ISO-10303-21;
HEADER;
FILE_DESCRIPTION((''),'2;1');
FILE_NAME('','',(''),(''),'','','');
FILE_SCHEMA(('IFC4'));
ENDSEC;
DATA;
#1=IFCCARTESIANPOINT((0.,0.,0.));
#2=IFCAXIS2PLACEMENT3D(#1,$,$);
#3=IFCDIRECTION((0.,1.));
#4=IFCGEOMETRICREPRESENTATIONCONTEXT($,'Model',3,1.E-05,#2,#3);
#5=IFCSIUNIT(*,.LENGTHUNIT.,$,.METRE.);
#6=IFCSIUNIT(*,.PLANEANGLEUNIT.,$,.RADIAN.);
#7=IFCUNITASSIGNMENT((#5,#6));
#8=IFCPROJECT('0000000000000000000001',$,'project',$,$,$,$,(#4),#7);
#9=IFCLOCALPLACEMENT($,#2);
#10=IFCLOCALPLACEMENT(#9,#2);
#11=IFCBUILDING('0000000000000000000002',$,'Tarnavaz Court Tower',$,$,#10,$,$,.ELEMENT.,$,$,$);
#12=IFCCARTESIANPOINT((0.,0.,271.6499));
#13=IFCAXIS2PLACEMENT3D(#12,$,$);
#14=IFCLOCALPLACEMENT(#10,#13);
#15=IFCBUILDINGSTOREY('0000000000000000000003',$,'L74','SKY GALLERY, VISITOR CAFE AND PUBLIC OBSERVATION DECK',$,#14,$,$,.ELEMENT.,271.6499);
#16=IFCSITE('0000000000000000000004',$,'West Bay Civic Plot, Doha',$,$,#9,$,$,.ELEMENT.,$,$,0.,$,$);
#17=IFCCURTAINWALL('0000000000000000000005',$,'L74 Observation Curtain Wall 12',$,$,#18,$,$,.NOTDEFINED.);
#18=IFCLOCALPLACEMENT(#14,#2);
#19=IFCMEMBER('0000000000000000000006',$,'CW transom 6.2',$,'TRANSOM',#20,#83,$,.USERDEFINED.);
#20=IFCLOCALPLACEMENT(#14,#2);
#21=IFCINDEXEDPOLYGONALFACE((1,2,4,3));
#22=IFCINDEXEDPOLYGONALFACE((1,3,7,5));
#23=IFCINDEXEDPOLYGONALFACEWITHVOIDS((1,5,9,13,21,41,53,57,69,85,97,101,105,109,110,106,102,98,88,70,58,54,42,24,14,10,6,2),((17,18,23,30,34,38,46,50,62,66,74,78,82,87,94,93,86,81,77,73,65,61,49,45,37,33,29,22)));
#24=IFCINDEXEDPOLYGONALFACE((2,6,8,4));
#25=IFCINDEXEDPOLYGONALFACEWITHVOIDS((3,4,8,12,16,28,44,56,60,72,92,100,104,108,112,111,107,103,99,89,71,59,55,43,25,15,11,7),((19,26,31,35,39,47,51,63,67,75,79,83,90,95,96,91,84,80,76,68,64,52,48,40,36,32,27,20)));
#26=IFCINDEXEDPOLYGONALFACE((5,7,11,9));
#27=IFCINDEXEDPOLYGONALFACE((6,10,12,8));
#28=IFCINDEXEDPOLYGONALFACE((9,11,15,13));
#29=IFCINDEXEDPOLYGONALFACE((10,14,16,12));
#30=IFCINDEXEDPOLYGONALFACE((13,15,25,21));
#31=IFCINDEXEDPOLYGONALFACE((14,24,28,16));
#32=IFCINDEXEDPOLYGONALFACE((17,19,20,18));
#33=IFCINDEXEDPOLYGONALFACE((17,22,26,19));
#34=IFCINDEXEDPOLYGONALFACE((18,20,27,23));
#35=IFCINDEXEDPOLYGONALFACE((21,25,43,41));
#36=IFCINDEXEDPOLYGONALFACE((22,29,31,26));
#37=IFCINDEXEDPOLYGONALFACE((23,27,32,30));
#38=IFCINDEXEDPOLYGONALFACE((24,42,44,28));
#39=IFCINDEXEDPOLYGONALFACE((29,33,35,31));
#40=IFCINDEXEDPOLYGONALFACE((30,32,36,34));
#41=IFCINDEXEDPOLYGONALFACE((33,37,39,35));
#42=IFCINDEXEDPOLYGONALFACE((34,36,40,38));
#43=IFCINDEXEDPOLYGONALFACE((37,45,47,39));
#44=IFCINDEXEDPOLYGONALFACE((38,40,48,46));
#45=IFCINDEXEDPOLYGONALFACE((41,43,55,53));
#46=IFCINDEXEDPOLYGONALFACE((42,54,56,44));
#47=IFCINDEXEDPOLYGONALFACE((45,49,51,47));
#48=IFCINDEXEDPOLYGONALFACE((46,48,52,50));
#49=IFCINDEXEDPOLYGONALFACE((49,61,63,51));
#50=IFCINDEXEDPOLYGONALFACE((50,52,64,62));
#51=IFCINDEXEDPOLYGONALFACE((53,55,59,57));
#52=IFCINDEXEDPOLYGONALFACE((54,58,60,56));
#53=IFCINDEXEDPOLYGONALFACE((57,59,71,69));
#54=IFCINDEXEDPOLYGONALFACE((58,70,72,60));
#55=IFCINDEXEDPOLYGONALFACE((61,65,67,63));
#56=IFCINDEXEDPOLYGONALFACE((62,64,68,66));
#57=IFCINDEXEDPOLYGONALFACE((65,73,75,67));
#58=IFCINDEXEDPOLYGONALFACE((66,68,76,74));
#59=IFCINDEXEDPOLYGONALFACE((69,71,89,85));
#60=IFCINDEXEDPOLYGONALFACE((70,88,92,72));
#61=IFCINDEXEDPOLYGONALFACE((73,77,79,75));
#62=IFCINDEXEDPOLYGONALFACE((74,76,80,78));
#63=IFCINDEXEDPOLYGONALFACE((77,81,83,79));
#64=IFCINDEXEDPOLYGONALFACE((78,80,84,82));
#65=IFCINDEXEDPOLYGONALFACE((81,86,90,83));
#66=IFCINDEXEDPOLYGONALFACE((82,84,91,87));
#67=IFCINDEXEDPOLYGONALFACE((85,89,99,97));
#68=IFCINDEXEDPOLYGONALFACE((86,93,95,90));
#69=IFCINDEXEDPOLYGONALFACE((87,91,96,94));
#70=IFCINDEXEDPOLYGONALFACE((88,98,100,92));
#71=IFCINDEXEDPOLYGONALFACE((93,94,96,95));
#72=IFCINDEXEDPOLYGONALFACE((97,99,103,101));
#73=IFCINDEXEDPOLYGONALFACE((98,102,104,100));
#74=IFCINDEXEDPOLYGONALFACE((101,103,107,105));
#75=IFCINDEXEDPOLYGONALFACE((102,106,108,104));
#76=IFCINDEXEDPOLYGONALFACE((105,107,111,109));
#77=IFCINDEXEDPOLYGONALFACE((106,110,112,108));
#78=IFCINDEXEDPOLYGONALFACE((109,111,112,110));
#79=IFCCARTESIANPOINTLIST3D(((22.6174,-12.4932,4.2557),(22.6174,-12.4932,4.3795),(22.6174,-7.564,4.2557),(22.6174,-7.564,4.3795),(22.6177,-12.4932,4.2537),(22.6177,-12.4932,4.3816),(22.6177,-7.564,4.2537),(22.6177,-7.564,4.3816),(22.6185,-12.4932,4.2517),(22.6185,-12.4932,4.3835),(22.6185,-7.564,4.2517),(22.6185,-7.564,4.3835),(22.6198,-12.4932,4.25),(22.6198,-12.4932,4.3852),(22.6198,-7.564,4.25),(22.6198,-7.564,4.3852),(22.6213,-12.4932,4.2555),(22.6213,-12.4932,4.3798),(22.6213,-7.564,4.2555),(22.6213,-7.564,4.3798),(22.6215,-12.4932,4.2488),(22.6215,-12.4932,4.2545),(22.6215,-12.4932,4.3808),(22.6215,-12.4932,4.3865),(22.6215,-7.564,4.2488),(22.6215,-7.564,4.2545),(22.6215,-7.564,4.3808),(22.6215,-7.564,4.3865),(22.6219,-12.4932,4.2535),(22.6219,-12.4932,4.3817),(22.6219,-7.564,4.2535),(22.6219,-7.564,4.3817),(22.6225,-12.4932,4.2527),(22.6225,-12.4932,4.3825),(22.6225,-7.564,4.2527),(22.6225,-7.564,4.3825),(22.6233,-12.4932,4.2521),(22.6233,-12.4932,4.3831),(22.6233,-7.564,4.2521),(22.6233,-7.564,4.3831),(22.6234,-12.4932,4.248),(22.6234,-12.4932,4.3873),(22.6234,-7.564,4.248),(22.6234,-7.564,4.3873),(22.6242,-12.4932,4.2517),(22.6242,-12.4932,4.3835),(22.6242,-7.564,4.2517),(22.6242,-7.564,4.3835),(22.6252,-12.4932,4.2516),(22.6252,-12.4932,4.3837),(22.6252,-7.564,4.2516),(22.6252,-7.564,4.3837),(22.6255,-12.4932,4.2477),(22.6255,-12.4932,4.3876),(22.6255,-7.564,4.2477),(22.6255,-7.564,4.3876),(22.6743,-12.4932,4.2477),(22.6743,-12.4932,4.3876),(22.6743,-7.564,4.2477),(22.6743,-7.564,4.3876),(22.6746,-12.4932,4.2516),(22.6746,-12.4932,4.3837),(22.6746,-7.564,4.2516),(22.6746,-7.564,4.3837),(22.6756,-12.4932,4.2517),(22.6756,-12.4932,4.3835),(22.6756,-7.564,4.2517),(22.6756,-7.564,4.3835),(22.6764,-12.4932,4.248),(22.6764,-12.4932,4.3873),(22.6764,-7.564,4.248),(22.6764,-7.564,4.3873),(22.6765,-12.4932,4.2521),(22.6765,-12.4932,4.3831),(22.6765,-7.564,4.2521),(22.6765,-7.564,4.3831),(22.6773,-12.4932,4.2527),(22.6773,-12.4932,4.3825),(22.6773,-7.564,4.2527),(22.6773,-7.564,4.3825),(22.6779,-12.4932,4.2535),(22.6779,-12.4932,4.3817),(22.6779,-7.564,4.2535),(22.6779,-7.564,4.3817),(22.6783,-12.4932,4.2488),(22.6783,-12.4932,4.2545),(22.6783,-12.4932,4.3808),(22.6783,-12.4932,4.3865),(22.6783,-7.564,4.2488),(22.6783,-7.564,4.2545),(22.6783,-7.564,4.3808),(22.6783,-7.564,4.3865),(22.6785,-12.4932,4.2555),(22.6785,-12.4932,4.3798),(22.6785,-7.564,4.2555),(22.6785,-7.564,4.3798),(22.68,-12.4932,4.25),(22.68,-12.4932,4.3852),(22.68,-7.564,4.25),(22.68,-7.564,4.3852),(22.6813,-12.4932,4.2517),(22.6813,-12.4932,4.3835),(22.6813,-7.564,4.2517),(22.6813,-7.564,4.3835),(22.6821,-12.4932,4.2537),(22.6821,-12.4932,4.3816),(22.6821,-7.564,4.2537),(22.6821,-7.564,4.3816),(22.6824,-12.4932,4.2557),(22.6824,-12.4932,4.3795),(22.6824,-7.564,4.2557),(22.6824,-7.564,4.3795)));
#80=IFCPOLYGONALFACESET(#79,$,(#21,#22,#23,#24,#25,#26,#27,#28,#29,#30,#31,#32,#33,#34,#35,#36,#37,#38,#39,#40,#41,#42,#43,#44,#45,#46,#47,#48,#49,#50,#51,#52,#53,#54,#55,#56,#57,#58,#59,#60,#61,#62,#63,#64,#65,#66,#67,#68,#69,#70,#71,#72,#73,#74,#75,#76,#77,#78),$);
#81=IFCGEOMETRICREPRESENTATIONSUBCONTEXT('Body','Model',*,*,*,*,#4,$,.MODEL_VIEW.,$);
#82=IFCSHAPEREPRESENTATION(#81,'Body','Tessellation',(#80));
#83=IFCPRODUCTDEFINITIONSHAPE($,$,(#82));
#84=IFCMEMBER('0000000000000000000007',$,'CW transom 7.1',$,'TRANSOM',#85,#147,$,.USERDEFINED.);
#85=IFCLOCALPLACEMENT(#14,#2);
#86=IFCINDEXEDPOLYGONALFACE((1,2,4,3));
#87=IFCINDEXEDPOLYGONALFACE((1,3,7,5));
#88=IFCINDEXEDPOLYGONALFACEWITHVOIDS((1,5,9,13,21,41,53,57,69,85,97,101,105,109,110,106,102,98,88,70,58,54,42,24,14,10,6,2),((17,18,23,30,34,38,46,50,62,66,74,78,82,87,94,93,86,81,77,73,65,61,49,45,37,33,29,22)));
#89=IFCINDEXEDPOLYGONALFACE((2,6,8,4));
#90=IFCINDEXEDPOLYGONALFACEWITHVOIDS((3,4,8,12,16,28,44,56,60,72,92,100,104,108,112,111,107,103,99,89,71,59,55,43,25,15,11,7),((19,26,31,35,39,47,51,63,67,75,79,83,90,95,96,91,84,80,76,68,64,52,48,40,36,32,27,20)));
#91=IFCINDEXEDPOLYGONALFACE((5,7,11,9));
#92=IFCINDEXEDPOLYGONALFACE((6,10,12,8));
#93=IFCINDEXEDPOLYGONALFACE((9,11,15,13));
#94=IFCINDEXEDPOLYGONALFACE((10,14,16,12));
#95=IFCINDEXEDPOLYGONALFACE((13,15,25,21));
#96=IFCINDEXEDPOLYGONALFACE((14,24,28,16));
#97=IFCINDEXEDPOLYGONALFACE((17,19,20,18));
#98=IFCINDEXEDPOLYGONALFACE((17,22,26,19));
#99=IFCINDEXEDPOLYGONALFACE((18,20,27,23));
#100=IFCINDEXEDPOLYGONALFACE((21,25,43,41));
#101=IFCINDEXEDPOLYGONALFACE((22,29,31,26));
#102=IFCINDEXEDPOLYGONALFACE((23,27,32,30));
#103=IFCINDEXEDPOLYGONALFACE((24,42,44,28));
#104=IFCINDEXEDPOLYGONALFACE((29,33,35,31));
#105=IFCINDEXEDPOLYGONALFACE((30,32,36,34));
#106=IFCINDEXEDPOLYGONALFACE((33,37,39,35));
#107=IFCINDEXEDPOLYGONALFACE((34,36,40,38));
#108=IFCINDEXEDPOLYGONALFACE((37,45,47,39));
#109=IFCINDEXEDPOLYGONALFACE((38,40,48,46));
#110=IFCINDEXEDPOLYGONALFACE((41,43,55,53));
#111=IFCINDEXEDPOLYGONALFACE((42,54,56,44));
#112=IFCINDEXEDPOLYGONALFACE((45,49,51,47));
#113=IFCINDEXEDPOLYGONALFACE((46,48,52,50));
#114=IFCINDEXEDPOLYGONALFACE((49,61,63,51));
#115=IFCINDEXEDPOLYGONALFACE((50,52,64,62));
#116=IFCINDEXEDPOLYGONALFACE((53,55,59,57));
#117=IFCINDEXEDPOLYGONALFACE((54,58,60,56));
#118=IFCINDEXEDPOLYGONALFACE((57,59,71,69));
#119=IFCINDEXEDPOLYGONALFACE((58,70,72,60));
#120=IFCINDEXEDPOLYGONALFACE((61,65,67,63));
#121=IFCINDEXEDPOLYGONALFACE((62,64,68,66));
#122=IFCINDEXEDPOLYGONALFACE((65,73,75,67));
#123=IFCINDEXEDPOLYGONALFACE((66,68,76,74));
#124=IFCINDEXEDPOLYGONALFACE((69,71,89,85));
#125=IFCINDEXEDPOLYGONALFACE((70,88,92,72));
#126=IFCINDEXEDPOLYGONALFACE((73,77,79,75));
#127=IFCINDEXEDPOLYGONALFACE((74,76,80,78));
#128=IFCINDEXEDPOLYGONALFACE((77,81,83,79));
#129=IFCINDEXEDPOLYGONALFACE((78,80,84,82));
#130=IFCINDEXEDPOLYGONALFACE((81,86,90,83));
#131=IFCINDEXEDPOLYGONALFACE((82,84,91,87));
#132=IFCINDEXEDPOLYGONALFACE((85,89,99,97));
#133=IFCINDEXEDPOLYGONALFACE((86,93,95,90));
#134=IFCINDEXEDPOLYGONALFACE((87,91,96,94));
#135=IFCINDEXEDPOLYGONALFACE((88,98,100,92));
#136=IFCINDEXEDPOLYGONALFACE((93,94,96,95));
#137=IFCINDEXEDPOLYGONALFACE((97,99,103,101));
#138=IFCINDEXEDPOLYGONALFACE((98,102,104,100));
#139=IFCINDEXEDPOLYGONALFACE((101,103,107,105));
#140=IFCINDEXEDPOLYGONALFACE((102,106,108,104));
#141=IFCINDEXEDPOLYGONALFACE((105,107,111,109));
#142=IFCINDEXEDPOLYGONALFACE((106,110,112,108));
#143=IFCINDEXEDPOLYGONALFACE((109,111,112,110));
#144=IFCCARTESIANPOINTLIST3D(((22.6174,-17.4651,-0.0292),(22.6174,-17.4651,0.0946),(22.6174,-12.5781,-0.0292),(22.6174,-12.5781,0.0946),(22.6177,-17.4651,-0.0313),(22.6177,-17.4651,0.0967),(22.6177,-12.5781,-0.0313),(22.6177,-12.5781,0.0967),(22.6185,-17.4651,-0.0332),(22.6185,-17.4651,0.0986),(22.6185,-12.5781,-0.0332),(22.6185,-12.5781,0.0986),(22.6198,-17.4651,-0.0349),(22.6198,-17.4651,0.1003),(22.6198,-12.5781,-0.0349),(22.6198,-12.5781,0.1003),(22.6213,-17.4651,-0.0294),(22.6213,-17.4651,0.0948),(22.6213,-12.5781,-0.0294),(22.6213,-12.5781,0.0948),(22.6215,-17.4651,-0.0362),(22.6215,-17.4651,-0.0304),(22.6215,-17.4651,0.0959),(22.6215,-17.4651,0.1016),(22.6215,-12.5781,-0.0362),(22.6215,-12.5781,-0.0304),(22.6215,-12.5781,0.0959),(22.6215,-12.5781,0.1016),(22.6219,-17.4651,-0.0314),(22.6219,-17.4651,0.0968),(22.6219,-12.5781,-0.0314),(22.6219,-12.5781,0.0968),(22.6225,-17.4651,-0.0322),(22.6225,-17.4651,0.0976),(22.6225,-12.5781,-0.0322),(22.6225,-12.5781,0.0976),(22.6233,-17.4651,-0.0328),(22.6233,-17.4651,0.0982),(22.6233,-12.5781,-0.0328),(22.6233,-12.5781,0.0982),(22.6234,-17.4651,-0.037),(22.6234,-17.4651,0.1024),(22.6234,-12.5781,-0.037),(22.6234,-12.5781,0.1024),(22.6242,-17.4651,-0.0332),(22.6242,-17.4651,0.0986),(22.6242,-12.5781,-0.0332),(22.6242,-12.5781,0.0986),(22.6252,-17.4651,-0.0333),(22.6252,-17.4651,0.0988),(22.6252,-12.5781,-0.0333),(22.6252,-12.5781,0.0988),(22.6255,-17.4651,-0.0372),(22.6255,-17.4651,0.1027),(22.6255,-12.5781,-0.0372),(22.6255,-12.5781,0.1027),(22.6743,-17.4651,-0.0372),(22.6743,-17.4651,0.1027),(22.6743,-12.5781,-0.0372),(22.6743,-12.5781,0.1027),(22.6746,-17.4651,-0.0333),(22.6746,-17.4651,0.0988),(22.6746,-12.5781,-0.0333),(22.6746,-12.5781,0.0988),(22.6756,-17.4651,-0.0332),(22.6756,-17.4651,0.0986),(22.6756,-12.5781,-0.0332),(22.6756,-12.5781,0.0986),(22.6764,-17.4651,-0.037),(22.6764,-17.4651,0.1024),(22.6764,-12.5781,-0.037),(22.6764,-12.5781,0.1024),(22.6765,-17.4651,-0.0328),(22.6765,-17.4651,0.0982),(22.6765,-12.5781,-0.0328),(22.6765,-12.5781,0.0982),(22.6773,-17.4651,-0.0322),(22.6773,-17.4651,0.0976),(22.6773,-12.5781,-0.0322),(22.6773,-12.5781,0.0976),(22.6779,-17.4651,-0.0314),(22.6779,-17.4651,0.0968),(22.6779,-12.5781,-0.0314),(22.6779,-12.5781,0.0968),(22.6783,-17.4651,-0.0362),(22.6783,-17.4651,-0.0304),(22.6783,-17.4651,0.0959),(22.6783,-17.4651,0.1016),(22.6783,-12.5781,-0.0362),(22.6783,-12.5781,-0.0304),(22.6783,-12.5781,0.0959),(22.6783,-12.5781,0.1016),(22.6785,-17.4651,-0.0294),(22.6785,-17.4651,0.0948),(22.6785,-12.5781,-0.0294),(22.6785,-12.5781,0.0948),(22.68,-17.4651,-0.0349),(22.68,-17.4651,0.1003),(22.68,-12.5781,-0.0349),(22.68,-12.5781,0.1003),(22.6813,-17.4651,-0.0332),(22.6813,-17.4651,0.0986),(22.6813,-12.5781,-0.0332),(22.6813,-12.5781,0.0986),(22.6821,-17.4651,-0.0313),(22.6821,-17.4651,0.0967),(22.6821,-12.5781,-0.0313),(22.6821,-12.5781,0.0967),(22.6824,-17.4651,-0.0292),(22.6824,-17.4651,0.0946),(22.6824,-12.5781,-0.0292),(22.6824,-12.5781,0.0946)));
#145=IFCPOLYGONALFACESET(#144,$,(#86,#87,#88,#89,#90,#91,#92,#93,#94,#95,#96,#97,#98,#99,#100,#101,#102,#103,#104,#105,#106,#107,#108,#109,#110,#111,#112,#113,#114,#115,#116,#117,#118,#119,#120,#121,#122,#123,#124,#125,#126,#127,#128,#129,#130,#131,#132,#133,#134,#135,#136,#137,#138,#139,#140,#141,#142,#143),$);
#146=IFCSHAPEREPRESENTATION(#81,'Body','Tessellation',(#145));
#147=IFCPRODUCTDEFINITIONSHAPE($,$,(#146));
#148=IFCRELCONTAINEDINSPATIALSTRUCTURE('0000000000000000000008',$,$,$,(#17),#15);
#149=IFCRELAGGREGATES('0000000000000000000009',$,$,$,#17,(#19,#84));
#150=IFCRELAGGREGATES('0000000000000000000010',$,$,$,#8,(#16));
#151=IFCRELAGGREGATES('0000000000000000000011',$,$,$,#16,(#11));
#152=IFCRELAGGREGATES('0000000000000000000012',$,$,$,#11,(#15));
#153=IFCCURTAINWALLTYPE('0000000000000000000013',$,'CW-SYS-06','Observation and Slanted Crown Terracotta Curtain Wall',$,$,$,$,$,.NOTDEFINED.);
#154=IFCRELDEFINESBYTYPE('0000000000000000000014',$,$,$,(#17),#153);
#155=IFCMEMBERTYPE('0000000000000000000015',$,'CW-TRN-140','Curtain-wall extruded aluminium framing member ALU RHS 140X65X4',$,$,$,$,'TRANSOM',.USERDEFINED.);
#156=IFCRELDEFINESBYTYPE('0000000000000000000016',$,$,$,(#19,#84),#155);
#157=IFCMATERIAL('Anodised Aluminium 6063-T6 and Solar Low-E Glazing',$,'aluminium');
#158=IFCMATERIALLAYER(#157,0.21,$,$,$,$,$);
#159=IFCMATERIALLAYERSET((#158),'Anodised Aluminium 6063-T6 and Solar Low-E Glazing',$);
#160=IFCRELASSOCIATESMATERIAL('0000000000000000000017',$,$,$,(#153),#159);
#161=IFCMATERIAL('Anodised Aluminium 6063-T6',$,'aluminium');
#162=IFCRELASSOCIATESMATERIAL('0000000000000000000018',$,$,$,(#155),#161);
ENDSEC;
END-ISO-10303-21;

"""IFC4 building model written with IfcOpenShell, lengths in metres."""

from ifc_helpers import new_model, si_unit, direction, frame, origin, origin_2d, place, context, subcontext, project, spatial, hollow_rectangle, extrude, material, layer, layer_set, material_profile, profile_set, type_object, element, aggregate, save


model = new_model("IFC4")

# Units and contexts
model_context = context("Model", 3, precision=1e-05, world=origin(), true_north=direction((0.0, 1.0)))
body_context = subcontext(model_context, "Body", "Model", "MODEL_VIEW")
ifc_project = project(units=[si_unit("LENGTHUNIT", "METRE"), si_unit("PLANEANGLEUNIT", "RADIAN")], contexts=[model_context])

# Site, building, storey
site_placement = place(None, origin())
site = spatial("IfcSite", under=ifc_project, at=site_placement, Name="West Bay Civic Plot, Doha", CompositionType="ELEMENT", RefElevation=0.0)
building_placement = place(site_placement, origin())
building = spatial("IfcBuilding", under=site, at=building_placement, Name="Tarnavaz Court Tower", CompositionType="ELEMENT")
storey_placement = place(building_placement, frame((0.0, 0.0, 271.6499)))
storey = spatial("IfcBuildingStorey", under=building, at=storey_placement, Name="L74", Description="SKY GALLERY, VISITOR CAFE AND PUBLIC OBSERVATION DECK", CompositionType="ELEMENT", Elevation=271.6499)

# Curtain wall, members
ifc_material_1 = material(Name="Anodised Aluminium 6063-T6 and Solar Low-E Glazing", Category="aluminium")
ifc_layer_1 = layer(ifc_material_1, 0.21)
ifc_layer_set_1 = layer_set([ifc_layer_1], Name="Anodised Aluminium 6063-T6 and Solar Low-E Glazing")
curtain_wall_type = type_object("IfcCurtainWallType", Name="CW-SYS-06", Description="Observation and Slanted Crown Terracotta Curtain Wall", PredefinedType="NOTDEFINED", material=ifc_layer_set_1)
curtain_wall_placement = place(storey_placement, origin())
curtain_wall = element("IfcCurtainWall", 1, at=curtain_wall_placement, inside=storey, type_object=curtain_wall_type, Name="L74 Observation Curtain Wall 12", PredefinedType="NOTDEFINED")
ifc_material_2 = material(Name="Anodised Aluminium 6063-T6", Category="aluminium")
ifc_material_profile_1 = material_profile(ifc_material_2, hollow_rectangle(XDim=0.0649, YDim=0.1399, WallThickness=0.0039, InnerFilletRadius=0.0039, OuterFilletRadius=0.0081, at=origin_2d()), Name="ALU RHS 140X65X4")
ifc_profile_set_1 = profile_set([ifc_material_profile_1], Name="Anodised Aluminium 6063-T6")
member_type_1 = type_object("IfcMemberType", Name="CW-TRN-140", Description="Curtain-wall extruded aluminium framing member ALU RHS 140X65X4", ElementType="TRANSOM", PredefinedType="USERDEFINED", material=ifc_profile_set_1)
member_1_placement = place(storey_placement, frame((22.6499, -7.564, 4.3176), z_axis=(0.0, -1.0, 0.0), x_axis=(1.0, 0.0, 0.0)))
member_1 = element("IfcMember", 2, at=member_1_placement, type_object=member_type_1, Name="CW transom 6.2", ObjectType="TRANSOM", PredefinedType="USERDEFINED", context=body_context, shape_type="SweptSolid", body=[
    extrude(hollow_rectangle(XDim=0.0649, YDim=0.1399, WallThickness=0.0039, InnerFilletRadius=0.0039, OuterFilletRadius=0.0081, at=origin_2d()), origin(), (0.0, 0.0, 1.0), 4.9292),
])
member_2_placement = place(storey_placement, frame((22.6499, -12.5781, 0.0327), z_axis=(0.0, -1.0, 0.0), x_axis=(1.0, 0.0, 0.0)))
member_2 = element("IfcMember", 3, at=member_2_placement, type_object=member_type_1, Name="CW transom 7.1", ObjectType="TRANSOM", PredefinedType="USERDEFINED", context=body_context, shape_type="SweptSolid", body=[
    extrude(hollow_rectangle(XDim=0.0649, YDim=0.1399, WallThickness=0.0039, InnerFilletRadius=0.0039, OuterFilletRadius=0.0081, at=origin_2d()), origin(), (0.0, 0.0, 1.0), 4.887),
])
aggregate(curtain_wall, [member_1, member_2])

save(model, "model.ifc")
